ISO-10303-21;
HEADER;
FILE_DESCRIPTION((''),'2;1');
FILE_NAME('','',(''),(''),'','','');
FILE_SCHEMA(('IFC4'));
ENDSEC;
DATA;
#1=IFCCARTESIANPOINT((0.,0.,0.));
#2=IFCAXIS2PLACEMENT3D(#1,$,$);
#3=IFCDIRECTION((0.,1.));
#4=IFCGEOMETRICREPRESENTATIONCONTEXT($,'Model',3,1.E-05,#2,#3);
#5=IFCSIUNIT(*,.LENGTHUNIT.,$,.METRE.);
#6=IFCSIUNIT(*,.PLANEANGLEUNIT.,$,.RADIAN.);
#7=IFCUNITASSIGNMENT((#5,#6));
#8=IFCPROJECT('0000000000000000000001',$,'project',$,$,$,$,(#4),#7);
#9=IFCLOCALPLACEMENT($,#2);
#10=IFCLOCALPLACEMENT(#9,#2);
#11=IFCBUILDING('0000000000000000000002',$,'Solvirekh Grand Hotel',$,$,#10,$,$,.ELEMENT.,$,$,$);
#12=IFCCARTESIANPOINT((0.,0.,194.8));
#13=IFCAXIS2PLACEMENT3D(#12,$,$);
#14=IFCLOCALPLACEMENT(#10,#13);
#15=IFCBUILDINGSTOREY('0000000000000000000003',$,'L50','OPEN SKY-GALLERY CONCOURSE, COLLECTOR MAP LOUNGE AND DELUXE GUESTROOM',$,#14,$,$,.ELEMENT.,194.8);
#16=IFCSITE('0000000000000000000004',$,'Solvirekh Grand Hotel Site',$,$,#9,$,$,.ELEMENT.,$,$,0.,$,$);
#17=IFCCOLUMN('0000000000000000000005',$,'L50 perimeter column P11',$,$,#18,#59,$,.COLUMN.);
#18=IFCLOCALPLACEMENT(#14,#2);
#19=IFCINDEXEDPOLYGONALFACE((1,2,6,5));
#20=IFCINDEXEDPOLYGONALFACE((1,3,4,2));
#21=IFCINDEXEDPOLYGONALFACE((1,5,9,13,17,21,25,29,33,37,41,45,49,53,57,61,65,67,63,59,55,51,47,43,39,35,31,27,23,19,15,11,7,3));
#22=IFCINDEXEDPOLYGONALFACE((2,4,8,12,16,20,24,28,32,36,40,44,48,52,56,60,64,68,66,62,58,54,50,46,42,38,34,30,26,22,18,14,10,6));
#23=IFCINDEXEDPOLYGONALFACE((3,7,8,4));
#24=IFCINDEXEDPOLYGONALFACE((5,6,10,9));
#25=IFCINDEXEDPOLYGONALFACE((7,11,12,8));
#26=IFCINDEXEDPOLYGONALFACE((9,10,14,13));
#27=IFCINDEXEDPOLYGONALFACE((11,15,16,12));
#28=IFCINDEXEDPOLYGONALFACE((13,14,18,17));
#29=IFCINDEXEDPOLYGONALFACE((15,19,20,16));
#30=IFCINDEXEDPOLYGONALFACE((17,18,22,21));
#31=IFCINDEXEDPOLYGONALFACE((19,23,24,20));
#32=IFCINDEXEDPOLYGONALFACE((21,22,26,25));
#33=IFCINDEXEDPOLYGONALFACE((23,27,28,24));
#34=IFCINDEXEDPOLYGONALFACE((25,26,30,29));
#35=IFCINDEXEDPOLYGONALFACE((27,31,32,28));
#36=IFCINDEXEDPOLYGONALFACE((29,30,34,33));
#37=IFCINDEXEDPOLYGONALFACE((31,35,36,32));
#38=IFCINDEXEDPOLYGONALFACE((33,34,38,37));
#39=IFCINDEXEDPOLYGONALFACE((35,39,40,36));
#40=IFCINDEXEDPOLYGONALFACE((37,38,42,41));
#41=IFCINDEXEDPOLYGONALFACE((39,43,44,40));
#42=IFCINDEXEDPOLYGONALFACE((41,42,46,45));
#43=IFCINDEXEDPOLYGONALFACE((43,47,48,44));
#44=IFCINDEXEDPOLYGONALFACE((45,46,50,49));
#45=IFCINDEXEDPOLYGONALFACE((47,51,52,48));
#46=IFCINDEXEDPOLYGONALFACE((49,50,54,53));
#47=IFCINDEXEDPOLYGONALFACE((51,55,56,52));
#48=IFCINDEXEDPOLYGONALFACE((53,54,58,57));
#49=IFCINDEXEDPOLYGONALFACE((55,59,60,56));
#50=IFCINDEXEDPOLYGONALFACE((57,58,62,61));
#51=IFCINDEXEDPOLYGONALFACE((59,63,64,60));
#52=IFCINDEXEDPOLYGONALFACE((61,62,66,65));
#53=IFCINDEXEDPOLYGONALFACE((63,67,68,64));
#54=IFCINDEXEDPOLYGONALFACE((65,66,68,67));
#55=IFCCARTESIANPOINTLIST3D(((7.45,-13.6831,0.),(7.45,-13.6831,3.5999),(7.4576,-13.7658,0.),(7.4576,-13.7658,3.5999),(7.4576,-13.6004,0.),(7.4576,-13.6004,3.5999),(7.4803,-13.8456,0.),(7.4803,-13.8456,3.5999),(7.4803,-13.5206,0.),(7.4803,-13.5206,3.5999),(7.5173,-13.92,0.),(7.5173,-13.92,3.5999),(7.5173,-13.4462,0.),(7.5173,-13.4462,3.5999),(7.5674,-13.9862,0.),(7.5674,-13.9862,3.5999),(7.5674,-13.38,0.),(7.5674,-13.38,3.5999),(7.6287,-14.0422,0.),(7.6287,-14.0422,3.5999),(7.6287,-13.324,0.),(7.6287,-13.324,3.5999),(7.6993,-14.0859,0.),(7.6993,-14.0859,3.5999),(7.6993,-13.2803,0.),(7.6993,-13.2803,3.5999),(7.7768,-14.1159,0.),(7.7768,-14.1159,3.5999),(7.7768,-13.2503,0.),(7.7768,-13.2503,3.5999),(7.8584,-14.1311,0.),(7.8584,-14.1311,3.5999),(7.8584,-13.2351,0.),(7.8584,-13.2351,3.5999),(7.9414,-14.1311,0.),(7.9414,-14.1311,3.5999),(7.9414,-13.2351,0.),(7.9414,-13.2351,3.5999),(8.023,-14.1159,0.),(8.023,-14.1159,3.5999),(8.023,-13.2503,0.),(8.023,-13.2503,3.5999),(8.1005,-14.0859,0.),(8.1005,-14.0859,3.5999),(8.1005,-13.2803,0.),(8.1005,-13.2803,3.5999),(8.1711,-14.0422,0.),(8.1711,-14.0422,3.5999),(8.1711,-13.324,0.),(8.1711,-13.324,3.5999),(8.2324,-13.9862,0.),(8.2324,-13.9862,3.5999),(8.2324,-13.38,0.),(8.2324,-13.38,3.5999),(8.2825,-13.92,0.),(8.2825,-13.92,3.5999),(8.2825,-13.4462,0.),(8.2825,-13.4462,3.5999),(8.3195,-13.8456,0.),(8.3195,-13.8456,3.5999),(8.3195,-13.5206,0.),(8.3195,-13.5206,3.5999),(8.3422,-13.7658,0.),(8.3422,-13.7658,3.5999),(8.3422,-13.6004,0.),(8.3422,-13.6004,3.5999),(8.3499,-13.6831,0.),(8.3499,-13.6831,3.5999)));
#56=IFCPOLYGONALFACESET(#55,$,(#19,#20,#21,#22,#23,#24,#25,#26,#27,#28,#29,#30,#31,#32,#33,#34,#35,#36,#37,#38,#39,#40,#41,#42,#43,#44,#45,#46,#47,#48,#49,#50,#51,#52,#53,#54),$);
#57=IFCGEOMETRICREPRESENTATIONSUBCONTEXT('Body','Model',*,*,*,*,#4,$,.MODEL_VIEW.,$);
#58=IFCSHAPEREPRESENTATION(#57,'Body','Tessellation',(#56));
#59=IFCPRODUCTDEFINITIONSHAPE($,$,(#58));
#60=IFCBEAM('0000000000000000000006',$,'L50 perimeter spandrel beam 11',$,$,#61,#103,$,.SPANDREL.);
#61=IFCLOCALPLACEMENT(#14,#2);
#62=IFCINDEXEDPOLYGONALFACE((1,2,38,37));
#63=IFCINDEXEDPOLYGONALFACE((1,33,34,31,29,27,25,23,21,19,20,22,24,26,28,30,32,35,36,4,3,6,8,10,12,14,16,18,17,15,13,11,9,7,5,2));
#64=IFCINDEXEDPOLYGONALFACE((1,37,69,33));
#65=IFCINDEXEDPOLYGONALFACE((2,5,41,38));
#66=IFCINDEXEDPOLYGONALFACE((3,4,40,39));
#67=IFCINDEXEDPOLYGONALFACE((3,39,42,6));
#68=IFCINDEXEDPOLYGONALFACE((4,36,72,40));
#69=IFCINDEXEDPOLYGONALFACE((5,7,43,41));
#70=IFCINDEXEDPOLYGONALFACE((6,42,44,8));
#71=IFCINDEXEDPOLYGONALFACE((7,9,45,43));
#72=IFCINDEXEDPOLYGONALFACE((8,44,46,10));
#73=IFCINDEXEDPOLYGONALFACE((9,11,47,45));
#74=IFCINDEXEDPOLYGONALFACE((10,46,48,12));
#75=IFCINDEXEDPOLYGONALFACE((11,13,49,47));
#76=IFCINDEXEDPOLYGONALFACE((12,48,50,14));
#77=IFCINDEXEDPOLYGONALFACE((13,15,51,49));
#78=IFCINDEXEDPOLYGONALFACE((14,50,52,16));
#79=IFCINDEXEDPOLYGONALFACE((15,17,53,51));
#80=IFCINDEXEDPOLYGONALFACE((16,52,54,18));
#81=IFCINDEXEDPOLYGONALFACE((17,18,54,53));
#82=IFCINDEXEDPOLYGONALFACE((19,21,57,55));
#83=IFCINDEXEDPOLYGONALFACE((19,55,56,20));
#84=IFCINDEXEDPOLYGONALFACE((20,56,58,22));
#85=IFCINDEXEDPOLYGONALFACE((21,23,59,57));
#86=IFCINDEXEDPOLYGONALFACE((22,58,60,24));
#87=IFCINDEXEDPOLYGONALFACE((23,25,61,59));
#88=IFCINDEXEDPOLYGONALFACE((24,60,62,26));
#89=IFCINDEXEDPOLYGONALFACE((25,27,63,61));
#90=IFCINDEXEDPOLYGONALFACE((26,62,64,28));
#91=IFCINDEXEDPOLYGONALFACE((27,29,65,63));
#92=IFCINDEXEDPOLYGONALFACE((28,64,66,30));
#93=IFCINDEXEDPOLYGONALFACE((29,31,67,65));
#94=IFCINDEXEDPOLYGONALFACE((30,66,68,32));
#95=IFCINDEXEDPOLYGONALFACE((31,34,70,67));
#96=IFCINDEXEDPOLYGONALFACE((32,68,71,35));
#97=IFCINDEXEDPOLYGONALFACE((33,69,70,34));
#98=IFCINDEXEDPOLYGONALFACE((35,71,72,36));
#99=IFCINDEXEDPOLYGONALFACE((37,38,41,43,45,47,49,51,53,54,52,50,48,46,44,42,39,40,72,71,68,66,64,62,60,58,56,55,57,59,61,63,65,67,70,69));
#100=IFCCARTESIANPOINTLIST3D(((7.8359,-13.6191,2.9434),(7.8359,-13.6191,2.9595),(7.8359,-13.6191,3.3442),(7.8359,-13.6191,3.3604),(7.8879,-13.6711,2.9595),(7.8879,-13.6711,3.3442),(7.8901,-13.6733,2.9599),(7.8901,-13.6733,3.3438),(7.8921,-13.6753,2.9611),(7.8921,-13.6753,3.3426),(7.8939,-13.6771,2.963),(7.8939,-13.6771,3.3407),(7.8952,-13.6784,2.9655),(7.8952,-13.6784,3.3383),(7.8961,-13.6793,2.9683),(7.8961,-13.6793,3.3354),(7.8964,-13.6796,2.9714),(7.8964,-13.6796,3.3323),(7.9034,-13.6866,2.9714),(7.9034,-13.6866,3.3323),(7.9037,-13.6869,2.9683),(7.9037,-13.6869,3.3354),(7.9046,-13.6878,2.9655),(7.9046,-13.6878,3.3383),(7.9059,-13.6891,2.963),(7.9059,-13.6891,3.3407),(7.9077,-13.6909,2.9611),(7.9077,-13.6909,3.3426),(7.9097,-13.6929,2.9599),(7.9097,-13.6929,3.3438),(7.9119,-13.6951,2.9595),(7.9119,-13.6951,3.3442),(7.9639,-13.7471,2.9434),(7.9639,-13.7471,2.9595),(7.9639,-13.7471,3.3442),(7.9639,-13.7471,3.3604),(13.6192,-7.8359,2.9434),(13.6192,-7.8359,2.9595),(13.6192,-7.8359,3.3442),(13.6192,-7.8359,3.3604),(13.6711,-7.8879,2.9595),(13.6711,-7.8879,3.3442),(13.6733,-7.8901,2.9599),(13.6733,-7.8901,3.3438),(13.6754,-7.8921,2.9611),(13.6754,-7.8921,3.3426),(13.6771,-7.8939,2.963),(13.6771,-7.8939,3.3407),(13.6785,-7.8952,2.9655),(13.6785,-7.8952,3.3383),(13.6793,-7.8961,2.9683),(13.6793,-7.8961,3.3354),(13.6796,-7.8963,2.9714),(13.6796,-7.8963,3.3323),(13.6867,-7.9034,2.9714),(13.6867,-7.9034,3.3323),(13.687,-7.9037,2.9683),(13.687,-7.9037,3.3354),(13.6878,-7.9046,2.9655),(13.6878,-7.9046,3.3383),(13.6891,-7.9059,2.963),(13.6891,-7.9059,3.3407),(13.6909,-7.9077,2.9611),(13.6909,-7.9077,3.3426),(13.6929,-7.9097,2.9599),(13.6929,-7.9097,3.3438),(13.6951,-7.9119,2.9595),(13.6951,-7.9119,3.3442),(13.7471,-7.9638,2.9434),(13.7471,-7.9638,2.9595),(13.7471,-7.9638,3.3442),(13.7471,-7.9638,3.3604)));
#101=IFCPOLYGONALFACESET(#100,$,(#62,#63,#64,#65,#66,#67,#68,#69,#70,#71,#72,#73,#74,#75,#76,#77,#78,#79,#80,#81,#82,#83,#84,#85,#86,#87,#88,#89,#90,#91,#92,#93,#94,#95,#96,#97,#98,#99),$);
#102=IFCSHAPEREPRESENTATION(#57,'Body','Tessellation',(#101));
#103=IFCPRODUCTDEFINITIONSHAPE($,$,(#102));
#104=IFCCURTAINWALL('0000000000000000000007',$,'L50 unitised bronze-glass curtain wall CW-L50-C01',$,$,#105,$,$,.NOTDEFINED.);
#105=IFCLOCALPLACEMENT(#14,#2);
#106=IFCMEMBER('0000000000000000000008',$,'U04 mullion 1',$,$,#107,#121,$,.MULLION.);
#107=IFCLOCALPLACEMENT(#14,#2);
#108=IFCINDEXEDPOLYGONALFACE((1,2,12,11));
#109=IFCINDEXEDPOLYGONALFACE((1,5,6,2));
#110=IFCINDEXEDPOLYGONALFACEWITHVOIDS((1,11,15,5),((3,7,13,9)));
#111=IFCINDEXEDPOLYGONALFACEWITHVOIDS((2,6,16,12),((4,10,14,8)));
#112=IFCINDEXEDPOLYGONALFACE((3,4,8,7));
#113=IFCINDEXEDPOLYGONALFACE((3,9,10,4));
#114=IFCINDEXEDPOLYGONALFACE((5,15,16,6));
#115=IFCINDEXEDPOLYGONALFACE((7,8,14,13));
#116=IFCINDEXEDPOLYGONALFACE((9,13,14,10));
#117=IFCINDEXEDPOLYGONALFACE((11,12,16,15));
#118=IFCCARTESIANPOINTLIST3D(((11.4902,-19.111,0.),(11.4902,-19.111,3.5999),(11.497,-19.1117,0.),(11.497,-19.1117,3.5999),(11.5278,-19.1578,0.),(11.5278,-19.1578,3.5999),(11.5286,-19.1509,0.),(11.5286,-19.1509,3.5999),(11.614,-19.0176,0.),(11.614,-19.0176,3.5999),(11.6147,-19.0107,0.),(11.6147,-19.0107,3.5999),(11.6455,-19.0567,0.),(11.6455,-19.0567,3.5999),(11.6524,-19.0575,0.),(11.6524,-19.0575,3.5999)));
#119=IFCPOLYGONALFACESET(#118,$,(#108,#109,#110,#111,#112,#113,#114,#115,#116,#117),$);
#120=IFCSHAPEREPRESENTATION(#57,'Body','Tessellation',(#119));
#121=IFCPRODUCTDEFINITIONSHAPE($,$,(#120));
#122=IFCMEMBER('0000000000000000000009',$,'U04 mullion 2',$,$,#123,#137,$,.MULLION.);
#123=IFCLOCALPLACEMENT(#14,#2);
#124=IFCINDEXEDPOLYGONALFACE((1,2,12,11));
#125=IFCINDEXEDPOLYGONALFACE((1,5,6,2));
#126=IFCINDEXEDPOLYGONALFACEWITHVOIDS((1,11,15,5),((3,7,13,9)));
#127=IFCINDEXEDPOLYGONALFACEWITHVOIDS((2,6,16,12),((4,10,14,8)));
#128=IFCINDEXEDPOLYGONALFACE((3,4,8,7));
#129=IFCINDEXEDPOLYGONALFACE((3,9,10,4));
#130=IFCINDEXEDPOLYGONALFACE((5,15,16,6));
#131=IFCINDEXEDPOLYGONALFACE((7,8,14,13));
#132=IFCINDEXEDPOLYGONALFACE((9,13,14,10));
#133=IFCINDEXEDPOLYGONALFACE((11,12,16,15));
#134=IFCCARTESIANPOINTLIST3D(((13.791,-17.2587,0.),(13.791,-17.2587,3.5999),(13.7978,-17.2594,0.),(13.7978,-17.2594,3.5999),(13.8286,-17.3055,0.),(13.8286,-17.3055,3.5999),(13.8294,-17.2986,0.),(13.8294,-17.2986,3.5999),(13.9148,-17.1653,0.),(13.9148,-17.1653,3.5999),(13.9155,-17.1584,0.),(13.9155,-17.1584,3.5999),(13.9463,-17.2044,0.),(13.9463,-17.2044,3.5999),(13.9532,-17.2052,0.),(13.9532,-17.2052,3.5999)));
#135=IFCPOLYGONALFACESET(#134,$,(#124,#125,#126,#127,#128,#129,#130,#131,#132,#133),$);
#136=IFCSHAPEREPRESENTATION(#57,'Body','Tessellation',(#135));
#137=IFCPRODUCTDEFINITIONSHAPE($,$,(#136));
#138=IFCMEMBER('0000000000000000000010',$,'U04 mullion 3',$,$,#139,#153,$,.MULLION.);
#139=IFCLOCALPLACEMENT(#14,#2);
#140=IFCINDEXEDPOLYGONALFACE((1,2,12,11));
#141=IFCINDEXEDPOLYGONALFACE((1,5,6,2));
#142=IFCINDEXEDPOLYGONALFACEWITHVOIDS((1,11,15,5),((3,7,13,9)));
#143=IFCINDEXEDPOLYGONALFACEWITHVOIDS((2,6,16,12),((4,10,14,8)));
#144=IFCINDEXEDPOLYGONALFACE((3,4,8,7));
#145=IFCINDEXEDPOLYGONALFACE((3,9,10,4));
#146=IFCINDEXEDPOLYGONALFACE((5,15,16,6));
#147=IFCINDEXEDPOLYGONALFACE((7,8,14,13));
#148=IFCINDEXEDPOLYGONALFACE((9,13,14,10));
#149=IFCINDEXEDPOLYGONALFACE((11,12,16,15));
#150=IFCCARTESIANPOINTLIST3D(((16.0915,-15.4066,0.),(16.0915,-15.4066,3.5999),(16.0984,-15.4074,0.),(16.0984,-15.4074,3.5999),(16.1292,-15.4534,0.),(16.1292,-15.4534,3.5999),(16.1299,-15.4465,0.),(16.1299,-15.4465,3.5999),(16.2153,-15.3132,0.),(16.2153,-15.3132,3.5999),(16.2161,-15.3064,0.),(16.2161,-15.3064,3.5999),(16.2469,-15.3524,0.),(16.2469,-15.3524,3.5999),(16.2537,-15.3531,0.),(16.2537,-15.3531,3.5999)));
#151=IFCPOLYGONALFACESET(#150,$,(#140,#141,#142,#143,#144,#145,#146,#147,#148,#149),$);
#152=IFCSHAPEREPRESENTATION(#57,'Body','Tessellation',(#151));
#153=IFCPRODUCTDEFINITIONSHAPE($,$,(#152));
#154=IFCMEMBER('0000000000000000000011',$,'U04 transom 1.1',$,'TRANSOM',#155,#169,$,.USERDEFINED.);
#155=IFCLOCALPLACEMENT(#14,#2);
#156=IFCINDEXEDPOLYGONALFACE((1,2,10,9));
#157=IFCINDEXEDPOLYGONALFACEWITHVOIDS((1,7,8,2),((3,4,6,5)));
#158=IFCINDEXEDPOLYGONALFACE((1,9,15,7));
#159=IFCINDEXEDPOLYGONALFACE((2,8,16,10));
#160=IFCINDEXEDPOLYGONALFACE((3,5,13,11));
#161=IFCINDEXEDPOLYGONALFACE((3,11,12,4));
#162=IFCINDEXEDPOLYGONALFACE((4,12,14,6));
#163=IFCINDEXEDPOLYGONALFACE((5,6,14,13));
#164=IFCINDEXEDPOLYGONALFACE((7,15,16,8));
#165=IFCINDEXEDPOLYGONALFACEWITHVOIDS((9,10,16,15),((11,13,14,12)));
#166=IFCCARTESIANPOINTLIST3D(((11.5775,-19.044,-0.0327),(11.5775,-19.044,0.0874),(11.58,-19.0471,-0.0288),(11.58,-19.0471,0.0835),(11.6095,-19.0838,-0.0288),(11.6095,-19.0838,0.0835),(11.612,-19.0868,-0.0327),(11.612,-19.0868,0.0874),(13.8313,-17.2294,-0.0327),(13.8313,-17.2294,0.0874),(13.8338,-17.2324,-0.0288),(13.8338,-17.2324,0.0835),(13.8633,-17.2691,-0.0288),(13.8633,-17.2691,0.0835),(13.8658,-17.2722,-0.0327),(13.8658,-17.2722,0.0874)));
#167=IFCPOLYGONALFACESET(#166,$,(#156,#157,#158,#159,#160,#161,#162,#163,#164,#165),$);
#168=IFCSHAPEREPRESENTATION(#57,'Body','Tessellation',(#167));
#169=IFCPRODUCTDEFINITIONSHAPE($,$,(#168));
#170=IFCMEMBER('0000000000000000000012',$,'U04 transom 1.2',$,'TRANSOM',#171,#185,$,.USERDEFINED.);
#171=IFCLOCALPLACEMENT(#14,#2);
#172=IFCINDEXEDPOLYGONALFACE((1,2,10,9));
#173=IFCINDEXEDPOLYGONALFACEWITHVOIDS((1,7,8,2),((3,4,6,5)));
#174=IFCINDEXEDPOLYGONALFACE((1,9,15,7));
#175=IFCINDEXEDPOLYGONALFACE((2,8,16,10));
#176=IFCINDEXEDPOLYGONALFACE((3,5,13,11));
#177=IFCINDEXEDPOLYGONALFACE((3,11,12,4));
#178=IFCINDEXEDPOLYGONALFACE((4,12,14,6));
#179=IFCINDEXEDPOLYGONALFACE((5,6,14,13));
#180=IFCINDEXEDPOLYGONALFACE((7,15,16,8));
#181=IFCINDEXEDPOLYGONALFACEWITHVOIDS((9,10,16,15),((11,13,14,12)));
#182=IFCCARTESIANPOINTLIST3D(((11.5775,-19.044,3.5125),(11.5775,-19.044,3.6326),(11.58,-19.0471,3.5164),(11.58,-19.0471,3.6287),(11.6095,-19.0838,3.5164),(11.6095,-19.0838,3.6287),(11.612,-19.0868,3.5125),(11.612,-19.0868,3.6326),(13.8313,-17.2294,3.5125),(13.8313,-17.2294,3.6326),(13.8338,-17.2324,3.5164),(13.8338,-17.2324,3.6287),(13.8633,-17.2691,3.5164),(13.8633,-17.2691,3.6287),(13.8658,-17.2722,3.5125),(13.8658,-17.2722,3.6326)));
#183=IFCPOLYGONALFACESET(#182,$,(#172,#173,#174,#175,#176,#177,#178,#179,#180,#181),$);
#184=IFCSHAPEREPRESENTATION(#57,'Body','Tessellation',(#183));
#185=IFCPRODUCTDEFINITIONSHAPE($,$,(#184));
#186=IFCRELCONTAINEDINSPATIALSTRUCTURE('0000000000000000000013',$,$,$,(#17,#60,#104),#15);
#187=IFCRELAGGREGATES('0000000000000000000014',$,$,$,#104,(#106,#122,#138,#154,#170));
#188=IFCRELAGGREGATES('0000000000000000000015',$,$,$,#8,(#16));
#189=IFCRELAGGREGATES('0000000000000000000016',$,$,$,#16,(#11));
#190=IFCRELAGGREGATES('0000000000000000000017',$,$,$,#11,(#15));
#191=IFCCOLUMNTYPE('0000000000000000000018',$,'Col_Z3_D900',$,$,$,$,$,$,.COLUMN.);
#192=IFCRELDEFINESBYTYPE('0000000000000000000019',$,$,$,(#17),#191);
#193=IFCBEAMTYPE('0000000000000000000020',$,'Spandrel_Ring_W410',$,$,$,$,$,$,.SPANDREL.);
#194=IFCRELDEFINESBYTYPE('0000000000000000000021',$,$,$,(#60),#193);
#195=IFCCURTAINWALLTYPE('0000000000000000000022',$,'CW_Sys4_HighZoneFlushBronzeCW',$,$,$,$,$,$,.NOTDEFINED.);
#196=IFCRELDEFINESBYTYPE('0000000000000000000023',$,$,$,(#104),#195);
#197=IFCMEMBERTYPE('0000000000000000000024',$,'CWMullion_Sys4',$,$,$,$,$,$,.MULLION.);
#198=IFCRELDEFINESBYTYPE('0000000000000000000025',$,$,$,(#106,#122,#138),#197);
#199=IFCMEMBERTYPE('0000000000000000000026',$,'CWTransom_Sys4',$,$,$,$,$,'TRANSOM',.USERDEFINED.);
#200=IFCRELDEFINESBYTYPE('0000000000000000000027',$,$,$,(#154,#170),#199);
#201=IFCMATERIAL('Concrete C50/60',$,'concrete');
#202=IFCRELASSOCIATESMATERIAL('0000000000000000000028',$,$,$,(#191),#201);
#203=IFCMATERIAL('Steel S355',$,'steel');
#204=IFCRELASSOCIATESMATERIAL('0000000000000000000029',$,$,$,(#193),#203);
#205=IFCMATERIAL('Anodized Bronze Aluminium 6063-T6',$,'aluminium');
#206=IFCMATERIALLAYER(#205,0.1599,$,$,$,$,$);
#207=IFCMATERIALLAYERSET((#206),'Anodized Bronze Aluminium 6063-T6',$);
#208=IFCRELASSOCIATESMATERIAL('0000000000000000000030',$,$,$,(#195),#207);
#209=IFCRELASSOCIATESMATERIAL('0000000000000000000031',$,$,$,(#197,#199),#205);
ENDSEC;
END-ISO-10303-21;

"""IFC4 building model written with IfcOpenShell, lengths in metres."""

from ifc_helpers import new_model, si_unit, direction, frame, origin, origin_2d, place, context, subcontext, project, spatial, hollow_rectangle, circle, i_section, extrude, source, transform, mapped, material, layer, layer_set, material_profile, profile_set, type_object, element, aggregate, save


model = new_model("IFC4")

# Units and contexts
model_context = context("Model", 3, precision=1e-05, world=origin(), true_north=direction((0.0, 1.0)))
body_context = subcontext(model_context, "Body", "Model", "MODEL_VIEW")
ifc_project = project(units=[si_unit("LENGTHUNIT", "METRE"), si_unit("PLANEANGLEUNIT", "RADIAN")], contexts=[model_context])

# Site, building, storey
site_placement = place(None, origin())
site = spatial("IfcSite", under=ifc_project, at=site_placement, Name="Solvirekh Grand Hotel Site", CompositionType="ELEMENT", RefElevation=0.0)
building_placement = place(site_placement, origin())
building = spatial("IfcBuilding", under=site, at=building_placement, Name="Solvirekh Grand Hotel", CompositionType="ELEMENT")
storey_placement = place(building_placement, frame((0.0, 0.0, 194.8)))
storey = spatial("IfcBuildingStorey", under=building, at=storey_placement, Name="L50", Description="OPEN SKY-GALLERY CONCOURSE, COLLECTOR MAP LOUNGE AND DELUXE GUESTROOM", CompositionType="ELEMENT", Elevation=194.8)

# Column
ifc_material_1 = material(Name="Concrete C50/60", Category="concrete")
ifc_material_profile_1 = material_profile(ifc_material_1, circle(Radius=0.45, at=origin_2d()), Name="RC CIRC D900")
ifc_profile_set_1 = profile_set([ifc_material_profile_1], Name="Concrete C50/60")
column_type = type_object("IfcColumnType", Name="Col_Z3_D900", PredefinedType="COLUMN", material=ifc_profile_set_1)
column_placement = place(storey_placement, frame((7.8999, -13.6831, 0.0), z_axis=(0.0, 0.0, 1.0), x_axis=(1.0, 0.0, 0.0)))
element("IfcColumn", 1, at=column_placement, inside=storey, type_object=column_type, Name="L50 perimeter column P11", PredefinedType="COLUMN", context=body_context, shape_type="SweptSolid", body=[
    extrude(circle(Radius=0.45, at=origin_2d()), origin(), (0.0, 0.0, 1.0), 3.5999),
])

# Beam
ifc_material_2 = material(Name="Steel S355", Category="steel")
ifc_material_profile_2 = material_profile(ifc_material_2, i_section(OverallWidth=0.1809, OverallDepth=0.417, WebThickness=0.01, FlangeThickness=0.0161, FilletRadius=0.012, at=origin_2d()), Name="W410X85")
ifc_profile_set_2 = profile_set([ifc_material_profile_2], Name="Steel S355")
beam_type = type_object("IfcBeamType", Name="Spandrel_Ring_W410", PredefinedType="SPANDREL", material=ifc_profile_set_2)
beam_placement = place(storey_placement, frame((7.8999, -13.6831, 3.1519), z_axis=(0.707107, 0.707107, 0.0), x_axis=(-0.707107, 0.707107, 0.0)))
element("IfcBeam", 2, at=beam_placement, inside=storey, type_object=beam_type, Name="L50 perimeter spandrel beam 11", PredefinedType="SPANDREL", context=body_context, shape_type="SweptSolid", body=[
    extrude(i_section(OverallWidth=0.1809, OverallDepth=0.417, WebThickness=0.01, FlangeThickness=0.0161, FilletRadius=0.012, at=origin_2d()), origin(), (0.0, 0.0, 1.0), 8.1787),
])

# Curtain wall, members
ifc_material_3 = material(Name="Anodized Bronze Aluminium 6063-T6", Category="aluminium")
ifc_layer_1 = layer(ifc_material_3, 0.1599)
ifc_layer_set_1 = layer_set([ifc_layer_1], Name="Anodized Bronze Aluminium 6063-T6")
curtain_wall_type = type_object("IfcCurtainWallType", Name="CW_Sys4_HighZoneFlushBronzeCW", PredefinedType="NOTDEFINED", material=ifc_layer_set_1)
curtain_wall_placement = place(storey_placement, origin())
curtain_wall = element("IfcCurtainWall", 3, at=curtain_wall_placement, inside=storey, type_object=curtain_wall_type, Name="L50 unitised bronze-glass curtain wall CW-L50-C01", PredefinedType="NOTDEFINED")
ifc_material_profile_3 = material_profile(ifc_material_3, hollow_rectangle(XDim=0.0601, YDim=0.1599, WallThickness=0.0049, at=origin_2d()), Name="ALU RHS 160X60X5")
ifc_profile_set_3 = profile_set([ifc_material_profile_3], Name="Anodized Bronze Aluminium 6063-T6")
member_type_1 = type_object("IfcMemberType", Name="CWMullion_Sys4", PredefinedType="MULLION", material=ifc_profile_set_3)
shared_shape_1 = source(origin(), body_context, "Body", "SweptSolid", [
    extrude(hollow_rectangle(XDim=0.0601, YDim=0.1599, WallThickness=0.0049, at=origin_2d()), origin(), (0.0, 0.0, 1.0), 3.5999),
])
member_1_placement = place(storey_placement, frame((11.5713, -19.0842, 0.0), z_axis=(0.0, 0.0, 1.0), x_axis=(-0.627104, 0.778936, 0.0)))
member_1 = element("IfcMember", 4, at=member_1_placement, type_object=member_type_1, Name="U04 mullion 1", PredefinedType="MULLION", context=body_context, shape_type="MappedRepresentation", body=[
    mapped(shared_shape_1, transform((0.0, 0.0, 0.0), x_axis=(1.0, 0.0, 0.0), y_axis=(0.0, 1.0, 0.0), z_axis=(0.0, 0.0, 1.0), scale=1.0)),
])
member_2_placement = place(storey_placement, frame((13.8721, -17.2319, 0.0), z_axis=(0.0, 0.0, 1.0), x_axis=(-0.627104, 0.778936, 0.0)))
member_2 = element("IfcMember", 5, at=member_2_placement, type_object=member_type_1, Name="U04 mullion 2", PredefinedType="MULLION", context=body_context, shape_type="MappedRepresentation", body=[
    mapped(shared_shape_1, transform((0.0, 0.0, 0.0), x_axis=(1.0, 0.0, 0.0), y_axis=(0.0, 1.0, 0.0), z_axis=(0.0, 0.0, 1.0), scale=1.0)),
])
member_3_placement = place(storey_placement, frame((16.1726, -15.3799, 0.0), z_axis=(0.0, 0.0, 1.0), x_axis=(-0.627104, 0.778936, 0.0)))
member_3 = element("IfcMember", 6, at=member_3_placement, type_object=member_type_1, Name="U04 mullion 3", PredefinedType="MULLION", context=body_context, shape_type="MappedRepresentation", body=[
    mapped(shared_shape_1, transform((0.0, 0.0, 0.0), x_axis=(1.0, 0.0, 0.0), y_axis=(0.0, 1.0, 0.0), z_axis=(0.0, 0.0, 1.0), scale=1.0)),
])
ifc_material_profile_4 = material_profile(ifc_material_3, hollow_rectangle(XDim=0.0549, YDim=0.1201, WallThickness=0.0039, at=origin_2d()), Name="ALU RHS 120X55X4")
ifc_profile_set_4 = profile_set([ifc_material_profile_4], Name="Anodized Bronze Aluminium 6063-T6")
member_type_2 = type_object("IfcMemberType", Name="CWTransom_Sys4", ElementType="TRANSOM", PredefinedType="USERDEFINED", material=ifc_profile_set_4)
shared_shape_2 = source(origin(), body_context, "Body", "SweptSolid", [
    extrude(hollow_rectangle(XDim=0.0549, YDim=0.1201, WallThickness=0.0039, at=origin_2d()), origin(), (0.0, 0.0, 1.0), 2.8936),
])
member_4_placement = place(storey_placement, frame((11.5947, -19.0654, 0.0273), z_axis=(0.778914, 0.627131, 0.0), x_axis=(-0.627131, 0.778914, 0.0)))
member_4 = element("IfcMember", 7, at=member_4_placement, type_object=member_type_2, Name="U04 transom 1.1", ObjectType="TRANSOM", PredefinedType="USERDEFINED", context=body_context, shape_type="MappedRepresentation", body=[
    mapped(shared_shape_2, transform((0.0, 0.0, 0.0), x_axis=(1.0, 0.0, 0.0), y_axis=(0.0, 1.0, 0.0), z_axis=(0.0, 0.0, 1.0), scale=1.0)),
])
member_5_placement = place(storey_placement, frame((11.5947, -19.0654, 3.5725), z_axis=(0.778914, 0.627131, 0.0), x_axis=(-0.627131, 0.778914, 0.0)))
member_5 = element("IfcMember", 8, at=member_5_placement, type_object=member_type_2, Name="U04 transom 1.2", ObjectType="TRANSOM", PredefinedType="USERDEFINED", context=body_context, shape_type="MappedRepresentation", body=[
    mapped(shared_shape_2, transform((0.0, 0.0, 0.0), x_axis=(1.0, 0.0, 0.0), y_axis=(0.0, 1.0, 0.0), z_axis=(0.0, 0.0, 1.0), scale=1.0)),
])
aggregate(curtain_wall, [member_1, member_2, member_3, member_4, member_5])

save(model, "model.ifc")
